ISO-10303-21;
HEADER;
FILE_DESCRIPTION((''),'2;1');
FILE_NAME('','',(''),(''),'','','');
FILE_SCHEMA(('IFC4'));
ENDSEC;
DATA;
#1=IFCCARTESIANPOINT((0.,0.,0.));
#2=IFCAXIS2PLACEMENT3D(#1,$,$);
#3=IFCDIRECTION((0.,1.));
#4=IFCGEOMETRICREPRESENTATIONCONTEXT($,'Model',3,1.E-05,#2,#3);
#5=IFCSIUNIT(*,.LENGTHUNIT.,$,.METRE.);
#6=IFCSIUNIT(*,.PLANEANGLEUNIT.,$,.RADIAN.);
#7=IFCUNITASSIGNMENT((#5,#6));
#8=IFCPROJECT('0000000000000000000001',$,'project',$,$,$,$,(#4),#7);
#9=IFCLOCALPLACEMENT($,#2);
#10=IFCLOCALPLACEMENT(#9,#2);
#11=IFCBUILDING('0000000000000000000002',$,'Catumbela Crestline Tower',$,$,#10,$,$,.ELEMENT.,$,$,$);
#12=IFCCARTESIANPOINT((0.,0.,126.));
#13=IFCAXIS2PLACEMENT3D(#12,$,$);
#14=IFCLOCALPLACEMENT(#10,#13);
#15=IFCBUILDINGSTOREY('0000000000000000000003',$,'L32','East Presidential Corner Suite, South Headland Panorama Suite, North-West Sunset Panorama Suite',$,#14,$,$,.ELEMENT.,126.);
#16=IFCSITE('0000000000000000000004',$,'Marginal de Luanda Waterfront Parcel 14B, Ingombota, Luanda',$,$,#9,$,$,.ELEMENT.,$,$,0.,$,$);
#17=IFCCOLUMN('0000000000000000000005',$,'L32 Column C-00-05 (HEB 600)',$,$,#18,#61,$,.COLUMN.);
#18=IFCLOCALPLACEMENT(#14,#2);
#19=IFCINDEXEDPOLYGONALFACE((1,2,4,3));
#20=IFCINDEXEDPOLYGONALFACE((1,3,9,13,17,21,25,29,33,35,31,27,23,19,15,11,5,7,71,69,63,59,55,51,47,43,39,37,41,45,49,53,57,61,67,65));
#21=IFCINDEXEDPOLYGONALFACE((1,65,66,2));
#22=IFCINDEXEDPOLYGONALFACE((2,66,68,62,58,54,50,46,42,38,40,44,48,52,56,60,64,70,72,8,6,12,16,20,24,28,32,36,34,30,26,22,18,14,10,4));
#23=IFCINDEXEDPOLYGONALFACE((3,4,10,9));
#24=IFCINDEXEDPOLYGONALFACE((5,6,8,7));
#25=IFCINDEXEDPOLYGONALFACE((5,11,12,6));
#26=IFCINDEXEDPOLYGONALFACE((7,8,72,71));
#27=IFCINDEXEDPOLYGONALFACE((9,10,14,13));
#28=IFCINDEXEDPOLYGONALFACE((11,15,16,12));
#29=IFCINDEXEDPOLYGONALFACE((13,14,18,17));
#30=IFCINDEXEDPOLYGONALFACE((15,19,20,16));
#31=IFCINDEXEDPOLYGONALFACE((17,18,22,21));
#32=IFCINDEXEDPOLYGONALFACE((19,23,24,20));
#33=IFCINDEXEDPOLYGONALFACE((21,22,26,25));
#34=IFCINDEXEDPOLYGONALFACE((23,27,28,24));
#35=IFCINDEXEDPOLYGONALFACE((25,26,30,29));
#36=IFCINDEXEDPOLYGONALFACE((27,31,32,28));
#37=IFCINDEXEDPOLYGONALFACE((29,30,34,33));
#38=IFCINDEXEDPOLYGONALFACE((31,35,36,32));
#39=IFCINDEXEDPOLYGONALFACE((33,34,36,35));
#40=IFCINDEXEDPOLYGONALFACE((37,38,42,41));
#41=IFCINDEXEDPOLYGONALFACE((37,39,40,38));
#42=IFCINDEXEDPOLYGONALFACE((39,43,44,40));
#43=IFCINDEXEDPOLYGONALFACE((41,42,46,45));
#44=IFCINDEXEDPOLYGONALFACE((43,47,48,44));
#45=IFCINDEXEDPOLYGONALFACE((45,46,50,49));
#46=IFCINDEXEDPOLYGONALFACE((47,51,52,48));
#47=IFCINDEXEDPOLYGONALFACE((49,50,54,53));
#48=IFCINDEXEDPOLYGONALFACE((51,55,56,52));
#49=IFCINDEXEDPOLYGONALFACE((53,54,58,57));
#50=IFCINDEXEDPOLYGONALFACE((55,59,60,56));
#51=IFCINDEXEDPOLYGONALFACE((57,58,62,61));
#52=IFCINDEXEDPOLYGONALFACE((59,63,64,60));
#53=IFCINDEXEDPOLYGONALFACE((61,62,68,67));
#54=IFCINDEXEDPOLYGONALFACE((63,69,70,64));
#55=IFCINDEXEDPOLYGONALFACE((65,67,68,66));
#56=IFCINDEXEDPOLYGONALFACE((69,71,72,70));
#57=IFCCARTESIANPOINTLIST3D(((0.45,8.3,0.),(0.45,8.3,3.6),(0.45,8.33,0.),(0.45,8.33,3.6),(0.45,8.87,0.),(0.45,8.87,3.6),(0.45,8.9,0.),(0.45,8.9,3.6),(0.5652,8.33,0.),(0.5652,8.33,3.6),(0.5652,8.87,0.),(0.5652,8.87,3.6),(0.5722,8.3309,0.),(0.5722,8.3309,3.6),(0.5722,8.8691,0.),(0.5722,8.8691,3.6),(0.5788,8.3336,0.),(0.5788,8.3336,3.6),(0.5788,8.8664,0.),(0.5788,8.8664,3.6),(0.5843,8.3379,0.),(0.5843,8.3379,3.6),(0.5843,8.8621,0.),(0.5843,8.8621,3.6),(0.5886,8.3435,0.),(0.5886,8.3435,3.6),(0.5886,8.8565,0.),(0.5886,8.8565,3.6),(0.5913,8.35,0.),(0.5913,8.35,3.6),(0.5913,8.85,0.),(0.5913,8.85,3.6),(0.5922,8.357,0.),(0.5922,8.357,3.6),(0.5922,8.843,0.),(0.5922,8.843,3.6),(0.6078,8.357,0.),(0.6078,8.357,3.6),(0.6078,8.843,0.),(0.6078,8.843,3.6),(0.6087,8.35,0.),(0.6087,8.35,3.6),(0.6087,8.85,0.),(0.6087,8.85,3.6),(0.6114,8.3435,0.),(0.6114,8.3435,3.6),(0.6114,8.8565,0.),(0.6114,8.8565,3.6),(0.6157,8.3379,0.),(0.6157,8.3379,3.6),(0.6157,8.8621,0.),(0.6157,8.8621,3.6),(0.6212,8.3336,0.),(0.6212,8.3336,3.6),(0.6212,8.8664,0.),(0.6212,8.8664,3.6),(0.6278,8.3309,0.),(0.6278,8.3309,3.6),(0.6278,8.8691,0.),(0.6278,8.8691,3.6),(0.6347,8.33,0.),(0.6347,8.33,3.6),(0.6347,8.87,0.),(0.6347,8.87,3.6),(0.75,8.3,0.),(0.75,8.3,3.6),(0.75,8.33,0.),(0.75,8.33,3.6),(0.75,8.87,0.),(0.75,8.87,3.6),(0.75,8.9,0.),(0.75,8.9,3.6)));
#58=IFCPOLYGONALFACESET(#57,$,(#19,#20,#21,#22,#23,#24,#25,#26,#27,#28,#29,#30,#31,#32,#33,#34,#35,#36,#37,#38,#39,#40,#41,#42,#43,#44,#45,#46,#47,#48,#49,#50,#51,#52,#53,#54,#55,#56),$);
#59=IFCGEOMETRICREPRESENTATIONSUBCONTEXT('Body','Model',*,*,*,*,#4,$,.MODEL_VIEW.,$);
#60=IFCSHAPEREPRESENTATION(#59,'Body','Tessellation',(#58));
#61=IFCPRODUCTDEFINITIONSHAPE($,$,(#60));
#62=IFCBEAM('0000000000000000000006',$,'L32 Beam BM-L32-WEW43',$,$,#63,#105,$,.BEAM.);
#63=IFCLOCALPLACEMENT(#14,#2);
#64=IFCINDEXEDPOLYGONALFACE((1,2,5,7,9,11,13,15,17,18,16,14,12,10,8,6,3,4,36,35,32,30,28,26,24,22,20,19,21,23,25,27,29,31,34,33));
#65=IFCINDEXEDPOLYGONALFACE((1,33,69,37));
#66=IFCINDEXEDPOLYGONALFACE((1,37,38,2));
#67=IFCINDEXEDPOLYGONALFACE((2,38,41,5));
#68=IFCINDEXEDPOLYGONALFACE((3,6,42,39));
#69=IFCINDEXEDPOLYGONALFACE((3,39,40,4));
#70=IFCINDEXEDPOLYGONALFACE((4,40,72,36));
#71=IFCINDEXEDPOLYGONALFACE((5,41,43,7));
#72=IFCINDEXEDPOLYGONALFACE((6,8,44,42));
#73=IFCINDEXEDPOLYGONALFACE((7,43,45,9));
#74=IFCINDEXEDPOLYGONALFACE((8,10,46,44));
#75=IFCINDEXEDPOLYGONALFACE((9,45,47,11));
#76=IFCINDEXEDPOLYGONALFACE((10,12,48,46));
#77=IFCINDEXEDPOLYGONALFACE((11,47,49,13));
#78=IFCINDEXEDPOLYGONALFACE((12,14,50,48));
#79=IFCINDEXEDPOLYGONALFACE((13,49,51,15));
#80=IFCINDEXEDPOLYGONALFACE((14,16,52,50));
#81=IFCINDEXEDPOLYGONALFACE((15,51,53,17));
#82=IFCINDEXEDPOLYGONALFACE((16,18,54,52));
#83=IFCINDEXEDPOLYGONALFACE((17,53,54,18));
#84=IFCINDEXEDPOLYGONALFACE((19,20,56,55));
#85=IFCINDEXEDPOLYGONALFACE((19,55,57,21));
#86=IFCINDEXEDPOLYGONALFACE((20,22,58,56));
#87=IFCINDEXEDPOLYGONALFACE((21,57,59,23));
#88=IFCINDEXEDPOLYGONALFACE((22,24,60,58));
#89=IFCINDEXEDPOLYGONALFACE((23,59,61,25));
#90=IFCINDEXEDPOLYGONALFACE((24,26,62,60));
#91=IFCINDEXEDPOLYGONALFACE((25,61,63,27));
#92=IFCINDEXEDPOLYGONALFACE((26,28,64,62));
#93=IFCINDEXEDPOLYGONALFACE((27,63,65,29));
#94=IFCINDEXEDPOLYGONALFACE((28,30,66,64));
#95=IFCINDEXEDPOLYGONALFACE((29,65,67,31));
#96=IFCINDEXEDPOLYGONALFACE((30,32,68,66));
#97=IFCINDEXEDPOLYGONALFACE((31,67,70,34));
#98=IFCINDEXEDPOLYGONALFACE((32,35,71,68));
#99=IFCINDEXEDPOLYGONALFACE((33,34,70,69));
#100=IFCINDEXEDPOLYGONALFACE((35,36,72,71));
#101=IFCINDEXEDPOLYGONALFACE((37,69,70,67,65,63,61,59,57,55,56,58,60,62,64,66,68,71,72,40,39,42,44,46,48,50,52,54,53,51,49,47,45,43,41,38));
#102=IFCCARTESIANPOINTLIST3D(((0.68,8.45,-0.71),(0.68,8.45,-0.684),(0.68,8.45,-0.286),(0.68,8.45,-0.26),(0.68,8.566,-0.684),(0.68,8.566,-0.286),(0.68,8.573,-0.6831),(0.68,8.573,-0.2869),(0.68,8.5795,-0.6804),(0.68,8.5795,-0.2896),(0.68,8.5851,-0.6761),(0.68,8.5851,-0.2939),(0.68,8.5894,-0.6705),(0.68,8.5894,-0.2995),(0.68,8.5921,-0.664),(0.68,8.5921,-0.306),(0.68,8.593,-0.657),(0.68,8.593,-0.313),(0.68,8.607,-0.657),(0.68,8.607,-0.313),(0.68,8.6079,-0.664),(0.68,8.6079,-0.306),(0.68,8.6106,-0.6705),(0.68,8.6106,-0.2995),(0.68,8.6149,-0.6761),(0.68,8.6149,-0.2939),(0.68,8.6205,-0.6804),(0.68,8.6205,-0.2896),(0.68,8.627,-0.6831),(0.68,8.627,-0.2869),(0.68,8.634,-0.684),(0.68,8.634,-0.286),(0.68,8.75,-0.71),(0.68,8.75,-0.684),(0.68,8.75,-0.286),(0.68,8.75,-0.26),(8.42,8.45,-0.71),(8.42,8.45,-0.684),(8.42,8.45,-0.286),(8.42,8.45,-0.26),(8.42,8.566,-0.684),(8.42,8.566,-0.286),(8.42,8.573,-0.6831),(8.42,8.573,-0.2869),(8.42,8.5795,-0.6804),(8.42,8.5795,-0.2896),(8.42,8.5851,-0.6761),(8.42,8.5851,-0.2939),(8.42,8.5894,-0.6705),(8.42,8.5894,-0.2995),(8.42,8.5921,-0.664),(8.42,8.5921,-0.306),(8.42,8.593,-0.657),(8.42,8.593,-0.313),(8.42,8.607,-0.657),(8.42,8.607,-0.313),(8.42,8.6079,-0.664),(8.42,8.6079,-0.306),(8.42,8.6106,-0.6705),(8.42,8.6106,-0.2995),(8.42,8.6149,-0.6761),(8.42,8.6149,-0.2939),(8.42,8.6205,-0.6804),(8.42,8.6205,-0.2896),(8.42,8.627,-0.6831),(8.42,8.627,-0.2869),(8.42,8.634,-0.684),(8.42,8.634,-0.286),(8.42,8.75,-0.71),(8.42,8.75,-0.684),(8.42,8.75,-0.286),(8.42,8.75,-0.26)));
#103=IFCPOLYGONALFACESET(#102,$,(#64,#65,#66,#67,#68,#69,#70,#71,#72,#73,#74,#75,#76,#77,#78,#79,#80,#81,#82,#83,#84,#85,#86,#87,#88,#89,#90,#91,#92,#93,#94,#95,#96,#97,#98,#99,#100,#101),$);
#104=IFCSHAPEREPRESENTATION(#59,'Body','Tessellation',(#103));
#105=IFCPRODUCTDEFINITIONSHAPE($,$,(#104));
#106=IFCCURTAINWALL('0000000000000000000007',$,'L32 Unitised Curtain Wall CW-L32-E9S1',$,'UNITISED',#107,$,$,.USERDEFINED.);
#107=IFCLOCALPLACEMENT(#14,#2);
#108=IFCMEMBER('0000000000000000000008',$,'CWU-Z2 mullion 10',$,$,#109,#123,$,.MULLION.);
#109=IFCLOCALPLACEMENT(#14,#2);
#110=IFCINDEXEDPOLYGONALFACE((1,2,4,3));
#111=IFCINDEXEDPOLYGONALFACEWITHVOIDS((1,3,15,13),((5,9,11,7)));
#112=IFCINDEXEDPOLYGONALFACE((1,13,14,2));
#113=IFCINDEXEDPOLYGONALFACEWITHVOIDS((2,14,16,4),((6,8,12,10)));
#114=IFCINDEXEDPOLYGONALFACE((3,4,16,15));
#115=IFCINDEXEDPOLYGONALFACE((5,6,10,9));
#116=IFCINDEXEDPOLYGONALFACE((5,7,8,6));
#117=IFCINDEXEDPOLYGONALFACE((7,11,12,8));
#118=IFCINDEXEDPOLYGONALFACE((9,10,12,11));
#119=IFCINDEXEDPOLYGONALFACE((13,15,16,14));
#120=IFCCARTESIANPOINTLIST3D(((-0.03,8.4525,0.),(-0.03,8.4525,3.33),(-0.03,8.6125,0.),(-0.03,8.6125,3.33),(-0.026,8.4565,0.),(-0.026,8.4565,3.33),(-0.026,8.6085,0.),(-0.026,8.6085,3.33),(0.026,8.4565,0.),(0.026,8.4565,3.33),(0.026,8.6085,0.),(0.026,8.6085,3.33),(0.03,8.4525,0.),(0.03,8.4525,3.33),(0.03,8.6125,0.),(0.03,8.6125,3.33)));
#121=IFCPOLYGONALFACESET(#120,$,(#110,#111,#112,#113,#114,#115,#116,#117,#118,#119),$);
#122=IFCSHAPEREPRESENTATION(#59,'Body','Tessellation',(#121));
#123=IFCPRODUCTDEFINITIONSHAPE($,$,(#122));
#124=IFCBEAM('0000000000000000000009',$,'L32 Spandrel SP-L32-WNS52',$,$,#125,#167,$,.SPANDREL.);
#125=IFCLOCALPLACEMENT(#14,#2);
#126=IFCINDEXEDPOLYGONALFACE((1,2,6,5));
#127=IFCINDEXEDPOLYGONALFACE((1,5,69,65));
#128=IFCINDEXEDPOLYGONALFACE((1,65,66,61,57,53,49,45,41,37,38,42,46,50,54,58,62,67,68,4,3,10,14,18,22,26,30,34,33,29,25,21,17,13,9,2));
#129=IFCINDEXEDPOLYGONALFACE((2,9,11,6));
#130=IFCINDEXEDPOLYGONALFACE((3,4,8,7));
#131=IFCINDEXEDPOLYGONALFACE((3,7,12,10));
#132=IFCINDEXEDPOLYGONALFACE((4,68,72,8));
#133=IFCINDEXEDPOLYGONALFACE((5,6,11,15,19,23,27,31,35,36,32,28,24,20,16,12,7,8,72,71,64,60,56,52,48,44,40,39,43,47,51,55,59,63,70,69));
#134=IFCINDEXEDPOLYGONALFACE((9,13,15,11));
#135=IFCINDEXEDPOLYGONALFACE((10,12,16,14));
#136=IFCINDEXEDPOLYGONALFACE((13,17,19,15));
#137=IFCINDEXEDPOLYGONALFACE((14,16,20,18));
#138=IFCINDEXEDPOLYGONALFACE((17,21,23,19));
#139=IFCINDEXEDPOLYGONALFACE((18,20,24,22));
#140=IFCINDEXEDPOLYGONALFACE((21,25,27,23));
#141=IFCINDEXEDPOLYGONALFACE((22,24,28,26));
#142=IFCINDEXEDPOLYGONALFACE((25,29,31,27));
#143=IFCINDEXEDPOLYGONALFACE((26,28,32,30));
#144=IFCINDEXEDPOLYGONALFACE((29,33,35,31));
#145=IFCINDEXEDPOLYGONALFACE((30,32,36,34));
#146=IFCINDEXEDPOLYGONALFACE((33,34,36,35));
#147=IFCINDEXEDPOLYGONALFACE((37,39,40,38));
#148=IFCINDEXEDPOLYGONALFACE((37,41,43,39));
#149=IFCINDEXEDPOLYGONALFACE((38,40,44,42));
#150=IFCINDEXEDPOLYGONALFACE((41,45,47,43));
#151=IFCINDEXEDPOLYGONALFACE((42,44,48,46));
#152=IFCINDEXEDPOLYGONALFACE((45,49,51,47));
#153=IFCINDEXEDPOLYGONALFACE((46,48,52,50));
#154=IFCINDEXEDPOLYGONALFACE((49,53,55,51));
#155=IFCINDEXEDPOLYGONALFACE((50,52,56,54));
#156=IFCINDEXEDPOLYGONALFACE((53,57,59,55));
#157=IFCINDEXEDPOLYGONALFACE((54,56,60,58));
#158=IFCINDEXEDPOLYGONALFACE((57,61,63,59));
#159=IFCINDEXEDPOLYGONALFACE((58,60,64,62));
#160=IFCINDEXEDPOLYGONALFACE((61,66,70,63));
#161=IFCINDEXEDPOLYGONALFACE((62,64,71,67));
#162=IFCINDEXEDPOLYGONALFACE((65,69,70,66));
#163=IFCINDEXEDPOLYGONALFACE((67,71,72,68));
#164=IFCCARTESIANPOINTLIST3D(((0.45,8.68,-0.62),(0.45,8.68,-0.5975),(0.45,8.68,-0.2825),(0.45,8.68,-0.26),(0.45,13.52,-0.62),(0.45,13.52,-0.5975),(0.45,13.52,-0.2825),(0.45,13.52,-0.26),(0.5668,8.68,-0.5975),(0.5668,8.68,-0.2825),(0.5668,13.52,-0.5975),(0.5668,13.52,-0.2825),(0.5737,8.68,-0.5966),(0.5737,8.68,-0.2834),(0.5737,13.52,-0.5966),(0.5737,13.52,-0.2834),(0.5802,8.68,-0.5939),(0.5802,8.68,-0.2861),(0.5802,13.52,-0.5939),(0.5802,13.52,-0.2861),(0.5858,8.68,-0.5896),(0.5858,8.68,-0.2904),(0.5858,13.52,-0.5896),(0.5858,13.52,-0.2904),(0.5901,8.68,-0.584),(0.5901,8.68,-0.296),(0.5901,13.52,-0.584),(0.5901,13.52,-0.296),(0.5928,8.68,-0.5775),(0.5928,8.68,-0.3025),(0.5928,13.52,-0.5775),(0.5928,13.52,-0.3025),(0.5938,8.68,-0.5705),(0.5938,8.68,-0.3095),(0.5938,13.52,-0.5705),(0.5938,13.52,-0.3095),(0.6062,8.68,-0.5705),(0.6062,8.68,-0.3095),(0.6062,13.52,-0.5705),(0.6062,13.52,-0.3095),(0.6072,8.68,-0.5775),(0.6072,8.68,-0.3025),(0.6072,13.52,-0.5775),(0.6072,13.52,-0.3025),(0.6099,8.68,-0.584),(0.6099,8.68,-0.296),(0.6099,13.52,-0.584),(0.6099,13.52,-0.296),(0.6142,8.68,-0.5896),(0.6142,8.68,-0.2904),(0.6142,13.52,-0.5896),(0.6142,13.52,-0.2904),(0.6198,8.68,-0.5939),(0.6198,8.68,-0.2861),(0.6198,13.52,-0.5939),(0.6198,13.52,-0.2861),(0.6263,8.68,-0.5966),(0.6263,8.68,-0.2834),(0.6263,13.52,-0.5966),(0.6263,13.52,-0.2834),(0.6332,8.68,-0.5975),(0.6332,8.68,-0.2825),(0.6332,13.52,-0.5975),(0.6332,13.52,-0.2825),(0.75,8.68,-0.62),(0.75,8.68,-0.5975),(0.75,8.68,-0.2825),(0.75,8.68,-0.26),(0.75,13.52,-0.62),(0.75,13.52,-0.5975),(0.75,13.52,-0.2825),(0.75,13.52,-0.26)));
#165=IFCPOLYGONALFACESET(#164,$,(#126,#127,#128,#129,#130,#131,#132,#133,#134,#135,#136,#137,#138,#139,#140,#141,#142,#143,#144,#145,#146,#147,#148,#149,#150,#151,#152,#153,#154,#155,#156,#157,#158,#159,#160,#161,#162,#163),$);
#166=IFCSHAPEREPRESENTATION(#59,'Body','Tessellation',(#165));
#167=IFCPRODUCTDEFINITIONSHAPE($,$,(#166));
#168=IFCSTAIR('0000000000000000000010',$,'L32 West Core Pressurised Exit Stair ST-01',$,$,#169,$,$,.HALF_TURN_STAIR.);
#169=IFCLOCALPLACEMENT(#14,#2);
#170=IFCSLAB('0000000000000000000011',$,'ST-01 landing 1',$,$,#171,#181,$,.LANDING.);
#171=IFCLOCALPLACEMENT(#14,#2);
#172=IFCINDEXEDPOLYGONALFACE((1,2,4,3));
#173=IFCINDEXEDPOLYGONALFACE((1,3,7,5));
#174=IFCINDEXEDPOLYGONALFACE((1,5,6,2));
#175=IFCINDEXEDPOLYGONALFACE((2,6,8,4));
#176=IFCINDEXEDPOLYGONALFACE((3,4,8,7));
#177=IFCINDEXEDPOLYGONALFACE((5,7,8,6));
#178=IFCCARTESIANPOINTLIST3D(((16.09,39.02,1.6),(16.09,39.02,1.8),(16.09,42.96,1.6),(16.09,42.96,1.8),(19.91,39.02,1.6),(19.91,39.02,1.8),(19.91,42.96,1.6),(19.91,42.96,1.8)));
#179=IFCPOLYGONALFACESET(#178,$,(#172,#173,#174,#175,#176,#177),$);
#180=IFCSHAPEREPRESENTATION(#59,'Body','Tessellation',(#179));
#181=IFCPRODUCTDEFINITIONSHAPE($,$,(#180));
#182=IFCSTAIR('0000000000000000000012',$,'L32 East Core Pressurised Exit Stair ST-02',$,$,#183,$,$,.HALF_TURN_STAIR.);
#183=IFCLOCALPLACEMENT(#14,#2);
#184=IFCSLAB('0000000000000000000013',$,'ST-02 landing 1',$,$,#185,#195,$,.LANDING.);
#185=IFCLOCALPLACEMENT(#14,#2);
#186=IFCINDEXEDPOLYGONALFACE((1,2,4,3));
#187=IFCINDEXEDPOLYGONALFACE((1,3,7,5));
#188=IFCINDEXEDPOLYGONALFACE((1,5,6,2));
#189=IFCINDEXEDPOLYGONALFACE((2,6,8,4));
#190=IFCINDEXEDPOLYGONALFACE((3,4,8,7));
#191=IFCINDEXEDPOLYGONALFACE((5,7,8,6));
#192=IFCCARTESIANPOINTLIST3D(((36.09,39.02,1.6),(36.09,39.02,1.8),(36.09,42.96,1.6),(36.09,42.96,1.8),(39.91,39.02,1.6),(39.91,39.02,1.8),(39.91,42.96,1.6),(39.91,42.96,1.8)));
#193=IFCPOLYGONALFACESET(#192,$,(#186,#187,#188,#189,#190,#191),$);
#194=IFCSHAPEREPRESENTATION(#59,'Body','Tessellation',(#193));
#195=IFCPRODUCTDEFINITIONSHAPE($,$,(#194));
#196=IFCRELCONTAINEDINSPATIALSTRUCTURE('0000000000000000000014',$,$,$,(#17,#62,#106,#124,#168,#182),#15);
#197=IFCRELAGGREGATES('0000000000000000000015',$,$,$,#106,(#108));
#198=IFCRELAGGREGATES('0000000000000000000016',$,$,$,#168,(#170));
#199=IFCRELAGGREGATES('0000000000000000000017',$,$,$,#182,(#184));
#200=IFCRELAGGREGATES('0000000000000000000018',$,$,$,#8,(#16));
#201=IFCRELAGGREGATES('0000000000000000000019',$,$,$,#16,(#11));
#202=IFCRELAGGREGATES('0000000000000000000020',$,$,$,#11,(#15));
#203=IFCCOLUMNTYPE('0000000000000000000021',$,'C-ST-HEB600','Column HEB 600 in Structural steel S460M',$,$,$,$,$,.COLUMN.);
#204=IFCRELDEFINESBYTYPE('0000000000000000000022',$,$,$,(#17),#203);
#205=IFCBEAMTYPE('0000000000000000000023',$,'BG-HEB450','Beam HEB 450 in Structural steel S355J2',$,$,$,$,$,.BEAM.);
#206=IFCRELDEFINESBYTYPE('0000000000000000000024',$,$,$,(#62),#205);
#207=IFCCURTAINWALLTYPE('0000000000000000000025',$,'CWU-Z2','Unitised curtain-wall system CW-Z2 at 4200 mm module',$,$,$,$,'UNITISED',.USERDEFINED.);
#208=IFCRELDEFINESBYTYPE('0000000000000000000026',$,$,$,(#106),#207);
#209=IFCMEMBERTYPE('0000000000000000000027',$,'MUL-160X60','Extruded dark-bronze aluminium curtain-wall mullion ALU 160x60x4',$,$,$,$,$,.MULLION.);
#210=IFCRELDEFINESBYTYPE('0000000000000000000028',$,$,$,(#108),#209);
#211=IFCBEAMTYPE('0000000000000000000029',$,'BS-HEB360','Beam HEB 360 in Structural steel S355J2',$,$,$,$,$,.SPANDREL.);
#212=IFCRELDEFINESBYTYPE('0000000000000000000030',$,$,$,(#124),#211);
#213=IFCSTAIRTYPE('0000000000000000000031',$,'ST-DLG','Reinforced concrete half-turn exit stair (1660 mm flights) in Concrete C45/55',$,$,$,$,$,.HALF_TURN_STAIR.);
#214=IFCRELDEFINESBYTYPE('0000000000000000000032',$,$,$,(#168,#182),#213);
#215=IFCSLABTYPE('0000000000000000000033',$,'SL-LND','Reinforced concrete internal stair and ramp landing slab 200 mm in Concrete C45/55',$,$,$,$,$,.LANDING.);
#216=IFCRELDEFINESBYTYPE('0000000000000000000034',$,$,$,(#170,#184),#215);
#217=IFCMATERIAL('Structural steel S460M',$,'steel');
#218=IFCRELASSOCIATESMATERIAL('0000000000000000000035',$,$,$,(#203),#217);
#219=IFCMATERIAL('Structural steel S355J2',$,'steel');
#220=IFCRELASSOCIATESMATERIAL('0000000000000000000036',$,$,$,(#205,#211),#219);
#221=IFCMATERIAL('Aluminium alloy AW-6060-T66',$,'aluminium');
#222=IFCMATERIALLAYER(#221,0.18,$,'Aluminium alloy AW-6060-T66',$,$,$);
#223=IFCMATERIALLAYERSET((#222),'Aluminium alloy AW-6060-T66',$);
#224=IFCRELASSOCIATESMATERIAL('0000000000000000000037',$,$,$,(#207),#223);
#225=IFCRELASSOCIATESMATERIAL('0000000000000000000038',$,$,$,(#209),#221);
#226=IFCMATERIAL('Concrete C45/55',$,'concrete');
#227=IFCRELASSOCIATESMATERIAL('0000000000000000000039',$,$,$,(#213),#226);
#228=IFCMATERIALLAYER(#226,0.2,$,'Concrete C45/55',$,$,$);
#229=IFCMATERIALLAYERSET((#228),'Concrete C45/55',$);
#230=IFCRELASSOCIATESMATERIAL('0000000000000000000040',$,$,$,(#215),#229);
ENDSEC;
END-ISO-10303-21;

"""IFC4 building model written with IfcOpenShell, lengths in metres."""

from ifc_helpers import new_model, si_unit, direction, frame, origin, origin_2d, place, context, subcontext, project, spatial, polyline, hollow_rectangle, i_section, outline, extrude, material, layer, layer_set, material_profile, profile_set, type_object, element, aggregate, save


model = new_model("IFC4")

# Units and contexts
model_context = context("Model", 3, precision=1e-05, world=origin(), true_north=direction((0.0, 1.0)))
body_context = subcontext(model_context, "Body", "Model", "MODEL_VIEW")
ifc_project = project(units=[si_unit("LENGTHUNIT", "METRE"), si_unit("PLANEANGLEUNIT", "RADIAN")], contexts=[model_context])

# Site, building, storey
site_placement = place(None, origin())
site = spatial("IfcSite", under=ifc_project, at=site_placement, Name="Marginal de Luanda Waterfront Parcel 14B, Ingombota, Luanda", CompositionType="ELEMENT", RefElevation=0.0)
building_placement = place(site_placement, origin())
building = spatial("IfcBuilding", under=site, at=building_placement, Name="Catumbela Crestline Tower", CompositionType="ELEMENT")
storey_placement = place(building_placement, frame((0.0, 0.0, 126.0)))
storey = spatial("IfcBuildingStorey", under=building, at=storey_placement, Name="L32", Description="East Presidential Corner Suite, South Headland Panorama Suite, North-West Sunset Panorama Suite", CompositionType="ELEMENT", Elevation=126.0)

# Column
ifc_material_1 = material(Name="Structural steel S460M", Category="steel")
ifc_material_profile_1 = material_profile(ifc_material_1, i_section(OverallWidth=0.3, OverallDepth=0.6, WebThickness=0.0155, FlangeThickness=0.03, FilletRadius=0.027, at=origin_2d()), Name="HEB 600")
ifc_profile_set_1 = profile_set([ifc_material_profile_1], Name="Structural steel S460M")
column_type = type_object("IfcColumnType", Name="C-ST-HEB600", Description="Column HEB 600 in Structural steel S460M", PredefinedType="COLUMN", material=ifc_profile_set_1)
column_placement = place(storey_placement, frame((0.6, 8.6, 0.0), z_axis=(0.0, 0.0, 1.0), x_axis=(1.0, 0.0, 0.0)))
element("IfcColumn", 1, at=column_placement, inside=storey, type_object=column_type, Name="L32 Column C-00-05 (HEB 600)", PredefinedType="COLUMN", context=body_context, shape_type="SweptSolid", body=[
    extrude(i_section(OverallWidth=0.3, OverallDepth=0.6, WebThickness=0.0155, FlangeThickness=0.03, FilletRadius=0.027, at=origin_2d()), origin(), (0.0, 0.0, 1.0), 3.6),
])

# Beam
ifc_material_2 = material(Name="Structural steel S355J2", Category="steel")
ifc_material_profile_2 = material_profile(ifc_material_2, i_section(OverallWidth=0.3, OverallDepth=0.45, WebThickness=0.014, FlangeThickness=0.026, FilletRadius=0.027, at=origin_2d()), Name="HEB 450")
ifc_profile_set_2 = profile_set([ifc_material_profile_2], Name="Structural steel S355J2")
beam_type_1 = type_object("IfcBeamType", Name="BG-HEB450", Description="Beam HEB 450 in Structural steel S355J2", PredefinedType="BEAM", material=ifc_profile_set_2)
beam_1_placement = place(storey_placement, frame((0.68, 8.6, -0.485), z_axis=(1.0, 0.0, 0.0), x_axis=(0.0, 1.0, 0.0)))
element("IfcBeam", 2, at=beam_1_placement, inside=storey, type_object=beam_type_1, Name="L32 Beam BM-L32-WEW43", PredefinedType="BEAM", context=body_context, shape_type="SweptSolid", body=[
    extrude(i_section(OverallWidth=0.3, OverallDepth=0.45, WebThickness=0.014, FlangeThickness=0.026, FilletRadius=0.027, at=origin_2d()), origin(), (0.0, 0.0, 1.0), 7.74),
])

# Curtain wall, member
ifc_material_3 = material(Name="Aluminium alloy AW-6060-T66", Category="aluminium")
ifc_layer_1 = layer(ifc_material_3, 0.18, Name="Aluminium alloy AW-6060-T66")
ifc_layer_set_1 = layer_set([ifc_layer_1], Name="Aluminium alloy AW-6060-T66")
curtain_wall_type = type_object("IfcCurtainWallType", Name="CWU-Z2", Description="Unitised curtain-wall system CW-Z2 at 4200 mm module", ElementType="UNITISED", PredefinedType="USERDEFINED", material=ifc_layer_set_1)
curtain_wall_placement = place(storey_placement, origin())
curtain_wall = element("IfcCurtainWall", 3, at=curtain_wall_placement, inside=storey, type_object=curtain_wall_type, Name="L32 Unitised Curtain Wall CW-L32-E9S1", ObjectType="UNITISED", PredefinedType="USERDEFINED")
ifc_material_profile_3 = material_profile(ifc_material_3, hollow_rectangle(XDim=0.06, YDim=0.16, WallThickness=0.004, at=origin_2d()), Name="ALU 160x60x4")
ifc_profile_set_3 = profile_set([ifc_material_profile_3], Name="Aluminium alloy AW-6060-T66")
member_type = type_object("IfcMemberType", Name="MUL-160X60", Description="Extruded dark-bronze aluminium curtain-wall mullion ALU 160x60x4", PredefinedType="MULLION", material=ifc_profile_set_3)
member_placement = place(storey_placement, frame((0.0, 8.5325, 0.0), z_axis=(0.0, 0.0, 1.0), x_axis=(1.0, 0.0, 0.0)))
member = element("IfcMember", 4, at=member_placement, type_object=member_type, Name="CWU-Z2 mullion 10", PredefinedType="MULLION", context=body_context, shape_type="SweptSolid", body=[
    extrude(hollow_rectangle(XDim=0.06, YDim=0.16, WallThickness=0.004, at=origin_2d()), origin(), (0.0, 0.0, 1.0), 3.33),
])
aggregate(curtain_wall, [member])

# Beam
ifc_material_profile_4 = material_profile(ifc_material_2, i_section(OverallWidth=0.3, OverallDepth=0.36, WebThickness=0.0125, FlangeThickness=0.0225, FilletRadius=0.027, at=origin_2d()), Name="HEB 360")
ifc_profile_set_4 = profile_set([ifc_material_profile_4], Name="Structural steel S355J2")
beam_type_2 = type_object("IfcBeamType", Name="BS-HEB360", Description="Beam HEB 360 in Structural steel S355J2", PredefinedType="SPANDREL", material=ifc_profile_set_4)
beam_2_placement = place(storey_placement, frame((0.6, 8.68, -0.44), z_axis=(0.0, 1.0, 0.0), x_axis=(-1.0, 0.0, 0.0)))
element("IfcBeam", 5, at=beam_2_placement, inside=storey, type_object=beam_type_2, Name="L32 Spandrel SP-L32-WNS52", PredefinedType="SPANDREL", context=body_context, shape_type="SweptSolid", body=[
    extrude(i_section(OverallWidth=0.3, OverallDepth=0.36, WebThickness=0.0125, FlangeThickness=0.0225, FilletRadius=0.027, at=origin_2d()), origin(), (0.0, 0.0, 1.0), 4.84),
])

# Stairs, slabs
ifc_material_4 = material(Name="Concrete C45/55", Category="concrete")
stair_type = type_object("IfcStairType", Name="ST-DLG", Description="Reinforced concrete half-turn exit stair (1660 mm flights) in Concrete C45/55", PredefinedType="HALF_TURN_STAIR", material=ifc_material_4)
stair_1_placement = place(storey_placement, origin())
stair_1 = element("IfcStair", 6, at=stair_1_placement, inside=storey, type_object=stair_type, Name="L32 West Core Pressurised Exit Stair ST-01", PredefinedType="HALF_TURN_STAIR")
ifc_layer_2 = layer(ifc_material_4, 0.2, Name="Concrete C45/55")
ifc_layer_set_2 = layer_set([ifc_layer_2], Name="Concrete C45/55")
slab_type_1 = type_object("IfcSlabType", Name="SL-LND", Description="Reinforced concrete internal stair and ramp landing slab 200 mm in Concrete C45/55", PredefinedType="LANDING", material=ifc_layer_set_2)
slab_1_placement = place(storey_placement, frame((0.0, 0.0, 1.6)))
slab_1 = element("IfcSlab", 7, at=slab_1_placement, type_object=slab_type_1, Name="ST-01 landing 1", PredefinedType="LANDING", context=body_context, shape_type="SweptSolid", body=[
    extrude(outline(polyline([(19.91, 39.02), (19.91, 42.96), (16.09, 42.96), (16.09, 39.02), (19.91, 39.02)])), origin(), (0.0, 0.0, 1.0), 0.2),
])
aggregate(stair_1, [slab_1])
stair_2_placement = place(storey_placement, origin())
stair_2 = element("IfcStair", 8, at=stair_2_placement, inside=storey, type_object=stair_type, Name="L32 East Core Pressurised Exit Stair ST-02", PredefinedType="HALF_TURN_STAIR")
slab_2_placement = place(storey_placement, frame((0.0, 0.0, 1.6)))
slab_2 = element("IfcSlab", 9, at=slab_2_placement, type_object=slab_type_1, Name="ST-02 landing 1", PredefinedType="LANDING", context=body_context, shape_type="SweptSolid", body=[
    extrude(outline(polyline([(39.91, 39.02), (39.91, 42.96), (36.09, 42.96), (36.09, 39.02), (39.91, 39.02)])), origin(), (0.0, 0.0, 1.0), 0.2),
])
aggregate(stair_2, [slab_2])

save(model, "model.ifc")
